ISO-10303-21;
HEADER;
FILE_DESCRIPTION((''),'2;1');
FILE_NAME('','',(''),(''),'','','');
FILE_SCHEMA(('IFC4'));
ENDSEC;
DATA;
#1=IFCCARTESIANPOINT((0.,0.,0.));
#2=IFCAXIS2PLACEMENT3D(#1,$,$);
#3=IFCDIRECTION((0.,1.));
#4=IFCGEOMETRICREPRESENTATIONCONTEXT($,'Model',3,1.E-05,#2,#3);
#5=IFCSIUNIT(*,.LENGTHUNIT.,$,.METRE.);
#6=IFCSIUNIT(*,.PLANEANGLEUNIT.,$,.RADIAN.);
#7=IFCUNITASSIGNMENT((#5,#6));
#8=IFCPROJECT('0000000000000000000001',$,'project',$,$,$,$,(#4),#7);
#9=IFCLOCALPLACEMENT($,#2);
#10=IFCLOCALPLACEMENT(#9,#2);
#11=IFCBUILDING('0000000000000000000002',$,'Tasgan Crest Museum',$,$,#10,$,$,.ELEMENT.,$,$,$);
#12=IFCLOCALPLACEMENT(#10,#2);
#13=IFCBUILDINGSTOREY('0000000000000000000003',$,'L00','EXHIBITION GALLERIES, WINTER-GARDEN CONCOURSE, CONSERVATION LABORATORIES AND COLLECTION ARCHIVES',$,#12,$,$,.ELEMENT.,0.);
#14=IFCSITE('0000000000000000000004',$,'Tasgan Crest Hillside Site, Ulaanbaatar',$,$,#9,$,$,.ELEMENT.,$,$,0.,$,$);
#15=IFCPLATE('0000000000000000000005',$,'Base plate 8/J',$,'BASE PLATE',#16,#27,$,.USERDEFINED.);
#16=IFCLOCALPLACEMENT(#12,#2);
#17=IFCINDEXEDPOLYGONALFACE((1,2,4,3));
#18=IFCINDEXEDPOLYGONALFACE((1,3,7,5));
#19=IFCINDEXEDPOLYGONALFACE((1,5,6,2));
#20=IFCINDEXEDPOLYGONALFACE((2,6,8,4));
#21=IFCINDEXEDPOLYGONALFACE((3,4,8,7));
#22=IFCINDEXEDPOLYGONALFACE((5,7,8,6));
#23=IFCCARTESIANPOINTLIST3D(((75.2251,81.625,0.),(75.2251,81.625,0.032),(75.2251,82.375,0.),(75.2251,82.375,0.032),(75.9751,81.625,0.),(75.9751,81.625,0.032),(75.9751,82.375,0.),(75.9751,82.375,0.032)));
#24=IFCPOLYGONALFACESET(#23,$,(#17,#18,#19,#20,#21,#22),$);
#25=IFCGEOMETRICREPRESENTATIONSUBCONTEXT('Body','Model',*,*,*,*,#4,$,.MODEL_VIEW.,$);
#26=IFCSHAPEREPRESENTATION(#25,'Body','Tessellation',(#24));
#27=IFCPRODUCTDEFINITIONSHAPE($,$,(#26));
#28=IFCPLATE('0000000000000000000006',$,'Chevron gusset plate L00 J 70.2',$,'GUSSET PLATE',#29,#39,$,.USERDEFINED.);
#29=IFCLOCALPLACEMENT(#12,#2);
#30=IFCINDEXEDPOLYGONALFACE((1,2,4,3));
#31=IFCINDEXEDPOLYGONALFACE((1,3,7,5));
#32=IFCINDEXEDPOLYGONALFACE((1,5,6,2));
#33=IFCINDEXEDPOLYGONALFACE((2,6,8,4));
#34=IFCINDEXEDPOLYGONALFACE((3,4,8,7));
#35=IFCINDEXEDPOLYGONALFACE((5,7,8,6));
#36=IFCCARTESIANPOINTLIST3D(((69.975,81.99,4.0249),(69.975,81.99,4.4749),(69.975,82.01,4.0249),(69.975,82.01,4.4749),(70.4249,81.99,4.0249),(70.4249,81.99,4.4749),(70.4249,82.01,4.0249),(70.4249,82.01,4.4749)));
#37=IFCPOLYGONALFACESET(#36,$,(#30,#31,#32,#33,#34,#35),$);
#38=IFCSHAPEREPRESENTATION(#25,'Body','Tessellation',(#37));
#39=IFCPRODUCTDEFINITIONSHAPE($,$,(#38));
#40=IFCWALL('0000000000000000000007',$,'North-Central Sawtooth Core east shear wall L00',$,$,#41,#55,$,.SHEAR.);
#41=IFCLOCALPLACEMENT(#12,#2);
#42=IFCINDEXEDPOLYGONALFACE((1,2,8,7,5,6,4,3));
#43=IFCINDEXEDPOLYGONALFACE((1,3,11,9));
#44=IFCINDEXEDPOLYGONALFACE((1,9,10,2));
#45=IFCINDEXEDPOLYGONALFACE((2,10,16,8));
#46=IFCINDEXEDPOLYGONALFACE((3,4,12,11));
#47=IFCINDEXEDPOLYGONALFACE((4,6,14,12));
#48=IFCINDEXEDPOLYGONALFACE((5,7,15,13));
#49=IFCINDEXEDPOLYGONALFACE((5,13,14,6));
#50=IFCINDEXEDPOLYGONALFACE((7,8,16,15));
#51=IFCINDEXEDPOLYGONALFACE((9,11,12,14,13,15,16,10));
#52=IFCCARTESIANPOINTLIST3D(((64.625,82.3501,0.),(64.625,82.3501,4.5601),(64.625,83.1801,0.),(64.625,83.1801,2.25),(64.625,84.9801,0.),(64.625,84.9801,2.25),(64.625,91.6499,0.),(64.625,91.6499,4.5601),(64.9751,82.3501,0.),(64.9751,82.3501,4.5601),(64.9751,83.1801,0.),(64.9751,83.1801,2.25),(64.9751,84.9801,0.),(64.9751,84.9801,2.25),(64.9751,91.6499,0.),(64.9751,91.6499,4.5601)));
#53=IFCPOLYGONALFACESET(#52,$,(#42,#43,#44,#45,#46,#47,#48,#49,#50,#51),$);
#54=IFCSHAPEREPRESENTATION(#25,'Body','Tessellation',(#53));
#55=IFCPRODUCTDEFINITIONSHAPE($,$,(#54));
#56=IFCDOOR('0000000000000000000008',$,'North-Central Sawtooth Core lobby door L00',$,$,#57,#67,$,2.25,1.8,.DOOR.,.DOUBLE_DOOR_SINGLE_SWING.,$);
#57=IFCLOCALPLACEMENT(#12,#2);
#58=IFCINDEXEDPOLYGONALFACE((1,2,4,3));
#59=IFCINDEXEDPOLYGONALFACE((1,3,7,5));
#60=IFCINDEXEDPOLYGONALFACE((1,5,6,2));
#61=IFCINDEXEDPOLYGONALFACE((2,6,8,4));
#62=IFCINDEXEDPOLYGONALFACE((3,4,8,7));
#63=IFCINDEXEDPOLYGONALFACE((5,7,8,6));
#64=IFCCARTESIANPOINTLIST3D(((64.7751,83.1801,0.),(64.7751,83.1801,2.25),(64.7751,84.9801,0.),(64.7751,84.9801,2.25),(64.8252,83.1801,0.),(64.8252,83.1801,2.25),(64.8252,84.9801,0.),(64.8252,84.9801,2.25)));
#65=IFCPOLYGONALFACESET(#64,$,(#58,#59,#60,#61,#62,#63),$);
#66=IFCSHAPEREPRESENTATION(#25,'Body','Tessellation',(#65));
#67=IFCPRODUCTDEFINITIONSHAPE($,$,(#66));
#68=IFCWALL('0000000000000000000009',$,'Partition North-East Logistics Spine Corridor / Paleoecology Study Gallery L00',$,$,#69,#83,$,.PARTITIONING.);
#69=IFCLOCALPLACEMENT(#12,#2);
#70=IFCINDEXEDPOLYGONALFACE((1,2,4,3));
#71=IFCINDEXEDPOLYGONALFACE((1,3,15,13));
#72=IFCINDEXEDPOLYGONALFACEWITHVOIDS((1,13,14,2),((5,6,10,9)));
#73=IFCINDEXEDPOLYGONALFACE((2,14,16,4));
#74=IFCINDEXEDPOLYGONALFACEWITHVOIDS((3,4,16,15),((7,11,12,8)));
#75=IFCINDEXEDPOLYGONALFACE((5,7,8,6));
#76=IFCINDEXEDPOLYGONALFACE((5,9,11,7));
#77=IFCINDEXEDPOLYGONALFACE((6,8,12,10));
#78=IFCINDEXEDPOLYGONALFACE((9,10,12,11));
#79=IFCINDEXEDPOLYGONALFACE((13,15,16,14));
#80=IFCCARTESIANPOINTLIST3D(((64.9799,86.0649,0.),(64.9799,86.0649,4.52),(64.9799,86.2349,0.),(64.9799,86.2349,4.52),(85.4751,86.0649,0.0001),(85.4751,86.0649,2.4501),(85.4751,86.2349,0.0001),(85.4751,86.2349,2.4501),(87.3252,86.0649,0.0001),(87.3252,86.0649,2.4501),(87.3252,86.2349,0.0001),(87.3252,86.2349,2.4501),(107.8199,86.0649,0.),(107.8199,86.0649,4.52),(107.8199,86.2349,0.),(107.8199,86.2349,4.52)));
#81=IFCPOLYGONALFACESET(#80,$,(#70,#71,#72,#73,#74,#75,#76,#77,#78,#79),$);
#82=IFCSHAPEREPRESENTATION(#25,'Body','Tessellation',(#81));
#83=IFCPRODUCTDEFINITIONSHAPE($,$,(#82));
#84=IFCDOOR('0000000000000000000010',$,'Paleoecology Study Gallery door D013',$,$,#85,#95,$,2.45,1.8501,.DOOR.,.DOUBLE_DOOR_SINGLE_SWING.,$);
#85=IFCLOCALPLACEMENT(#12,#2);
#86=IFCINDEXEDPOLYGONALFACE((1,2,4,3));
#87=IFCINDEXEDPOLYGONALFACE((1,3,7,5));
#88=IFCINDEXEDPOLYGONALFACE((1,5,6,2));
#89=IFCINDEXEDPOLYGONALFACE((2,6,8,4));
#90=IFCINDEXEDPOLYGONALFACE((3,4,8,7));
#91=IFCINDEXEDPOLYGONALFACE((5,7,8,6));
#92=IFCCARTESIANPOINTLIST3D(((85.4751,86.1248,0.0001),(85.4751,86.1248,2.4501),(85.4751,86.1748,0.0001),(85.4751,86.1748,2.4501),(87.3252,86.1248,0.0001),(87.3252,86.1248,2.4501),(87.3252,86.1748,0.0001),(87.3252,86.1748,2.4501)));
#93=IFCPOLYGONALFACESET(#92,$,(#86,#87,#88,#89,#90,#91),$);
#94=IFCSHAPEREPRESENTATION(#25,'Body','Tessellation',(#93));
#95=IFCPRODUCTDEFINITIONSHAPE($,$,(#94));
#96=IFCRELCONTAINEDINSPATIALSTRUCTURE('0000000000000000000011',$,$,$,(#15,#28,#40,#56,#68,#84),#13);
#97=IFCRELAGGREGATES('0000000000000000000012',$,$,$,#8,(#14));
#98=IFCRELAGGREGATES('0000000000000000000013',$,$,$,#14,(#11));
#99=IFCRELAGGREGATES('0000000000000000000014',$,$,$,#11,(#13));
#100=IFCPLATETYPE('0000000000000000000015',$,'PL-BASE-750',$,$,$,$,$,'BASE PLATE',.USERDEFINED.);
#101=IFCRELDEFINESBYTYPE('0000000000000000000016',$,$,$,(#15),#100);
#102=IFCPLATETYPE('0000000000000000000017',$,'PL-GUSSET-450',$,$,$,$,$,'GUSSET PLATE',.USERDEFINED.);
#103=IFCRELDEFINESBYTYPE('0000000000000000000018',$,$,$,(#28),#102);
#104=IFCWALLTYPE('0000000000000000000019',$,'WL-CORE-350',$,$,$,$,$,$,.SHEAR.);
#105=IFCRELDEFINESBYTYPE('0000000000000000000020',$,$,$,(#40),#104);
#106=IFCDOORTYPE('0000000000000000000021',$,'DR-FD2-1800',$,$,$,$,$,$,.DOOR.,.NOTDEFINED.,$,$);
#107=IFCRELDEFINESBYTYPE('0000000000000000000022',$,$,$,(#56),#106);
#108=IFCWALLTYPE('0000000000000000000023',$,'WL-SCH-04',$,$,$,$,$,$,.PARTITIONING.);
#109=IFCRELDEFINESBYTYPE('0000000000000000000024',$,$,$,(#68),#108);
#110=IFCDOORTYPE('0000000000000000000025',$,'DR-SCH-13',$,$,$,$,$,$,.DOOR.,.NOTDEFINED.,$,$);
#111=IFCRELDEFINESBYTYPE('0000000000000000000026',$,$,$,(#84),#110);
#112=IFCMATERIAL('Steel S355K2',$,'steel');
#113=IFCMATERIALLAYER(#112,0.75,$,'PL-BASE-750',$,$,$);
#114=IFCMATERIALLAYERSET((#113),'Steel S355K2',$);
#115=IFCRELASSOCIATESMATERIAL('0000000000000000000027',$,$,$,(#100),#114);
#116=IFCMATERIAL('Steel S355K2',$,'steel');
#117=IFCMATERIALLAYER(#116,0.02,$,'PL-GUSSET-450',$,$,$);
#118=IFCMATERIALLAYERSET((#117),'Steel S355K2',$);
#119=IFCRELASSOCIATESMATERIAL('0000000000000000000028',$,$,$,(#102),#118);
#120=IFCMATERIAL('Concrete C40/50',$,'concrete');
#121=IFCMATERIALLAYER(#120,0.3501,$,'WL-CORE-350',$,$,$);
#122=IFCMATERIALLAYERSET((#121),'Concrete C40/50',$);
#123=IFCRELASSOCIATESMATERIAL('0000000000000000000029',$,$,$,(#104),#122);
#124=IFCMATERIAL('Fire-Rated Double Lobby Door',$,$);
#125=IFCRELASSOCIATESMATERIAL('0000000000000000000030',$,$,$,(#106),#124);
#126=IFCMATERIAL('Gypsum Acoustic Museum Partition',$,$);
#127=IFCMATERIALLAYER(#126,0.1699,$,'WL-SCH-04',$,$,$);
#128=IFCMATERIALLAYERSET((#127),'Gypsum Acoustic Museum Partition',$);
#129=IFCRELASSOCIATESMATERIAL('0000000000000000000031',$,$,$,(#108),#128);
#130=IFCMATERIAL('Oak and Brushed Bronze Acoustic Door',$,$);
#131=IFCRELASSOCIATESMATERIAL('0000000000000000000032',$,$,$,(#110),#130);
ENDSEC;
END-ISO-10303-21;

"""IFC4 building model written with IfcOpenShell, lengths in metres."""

from ifc_helpers import new_model, si_unit, direction, frame, frame_2d, origin, origin_2d, place, context, subcontext, project, spatial, rectangle, extrude, material, layer, layer_set, type_object, element, fill, save


model = new_model("IFC4")

# Units and contexts
model_context = context("Model", 3, precision=1e-05, world=origin(), true_north=direction((0.0, 1.0)))
body_context = subcontext(model_context, "Body", "Model", "MODEL_VIEW")
ifc_project = project(units=[si_unit("LENGTHUNIT", "METRE"), si_unit("PLANEANGLEUNIT", "RADIAN")], contexts=[model_context])

# Site, building, storey
site_placement = place(None, origin())
site = spatial("IfcSite", under=ifc_project, at=site_placement, Name="Tasgan Crest Hillside Site, Ulaanbaatar", CompositionType="ELEMENT", RefElevation=0.0)
building_placement = place(site_placement, origin())
building = spatial("IfcBuilding", under=site, at=building_placement, Name="Tasgan Crest Museum", CompositionType="ELEMENT")
storey_placement = place(building_placement, origin())
storey = spatial("IfcBuildingStorey", under=building, at=storey_placement, Name="L00", Description="EXHIBITION GALLERIES, WINTER-GARDEN CONCOURSE, CONSERVATION LABORATORIES AND COLLECTION ARCHIVES", CompositionType="ELEMENT", Elevation=0.0)

# Plates
ifc_material_1 = material(Name="Steel S355K2", Category="steel")
ifc_layer_1 = layer(ifc_material_1, 0.75, Name="PL-BASE-750")
ifc_layer_set_1 = layer_set([ifc_layer_1], Name="Steel S355K2")
plate_type_1 = type_object("IfcPlateType", Name="PL-BASE-750", ElementType="BASE PLATE", PredefinedType="USERDEFINED", material=ifc_layer_set_1)
plate_1_placement = place(storey_placement, frame((75.6001, 82.0, 0.0), z_axis=(0.0, 0.0, 1.0), x_axis=(1.0, 0.0, 0.0)))
element("IfcPlate", 1, at=plate_1_placement, inside=storey, type_object=plate_type_1, Name="Base plate 8/J", ObjectType="BASE PLATE", PredefinedType="USERDEFINED", context=body_context, shape_type="SweptSolid", body=[
    extrude(rectangle(XDim=0.75, YDim=0.75, at=origin_2d()), origin(), (0.0, 0.0, 1.0), 0.032),
])
ifc_material_2 = material(Name="Steel S355K2", Category="steel")
ifc_layer_2 = layer(ifc_material_2, 0.02, Name="PL-GUSSET-450")
ifc_layer_set_2 = layer_set([ifc_layer_2], Name="Steel S355K2")
plate_type_2 = type_object("IfcPlateType", Name="PL-GUSSET-450", ElementType="GUSSET PLATE", PredefinedType="USERDEFINED", material=ifc_layer_set_2)
plate_2_placement = place(storey_placement, frame((70.2, 82.0, 4.0249), z_axis=(0.0, 0.0, 1.0), x_axis=(1.0, 0.0, 0.0)))
element("IfcPlate", 2, at=plate_2_placement, inside=storey, type_object=plate_type_2, Name="Chevron gusset plate L00 J 70.2", ObjectType="GUSSET PLATE", PredefinedType="USERDEFINED", context=body_context, shape_type="SweptSolid", body=[
    extrude(rectangle(XDim=0.45, YDim=0.02, at=origin_2d()), origin(), (0.0, 0.0, 1.0), 0.45),
])

# Walls, openings, doors
ifc_material_3 = material(Name="Concrete C40/50", Category="concrete")
ifc_layer_3 = layer(ifc_material_3, 0.3501, Name="WL-CORE-350")
ifc_layer_set_3 = layer_set([ifc_layer_3], Name="Concrete C40/50")
wall_type_1 = type_object("IfcWallType", Name="WL-CORE-350", PredefinedType="SHEAR", material=ifc_layer_set_3)
wall_1_placement = place(storey_placement, frame((64.8, 82.3501, 0.0), z_axis=(0.0, 0.0, 1.0), x_axis=(0.0, 1.0, 0.0)))
wall_1 = element("IfcWall", 3, at=wall_1_placement, inside=storey, type_object=wall_type_1, Name="North-Central Sawtooth Core east shear wall L00", PredefinedType="SHEAR", context=body_context, shape_type="SweptSolid", body=[
    extrude(rectangle(XDim=9.2998, YDim=0.3501, at=frame_2d((4.6499, 0.0))), origin(), (0.0, 0.0, 1.0), 4.5601),
])
opening_1_placement = place(wall_1_placement, frame((0.8301, 0.0, 0.0)))
opening_1 = element("IfcOpeningElement", 4, at=opening_1_placement, cuts=wall_1, PredefinedType="OPENING", context=body_context, shape_type="SweptSolid", body=[
    extrude(rectangle(XDim=1.8, YDim=2.25, at=frame_2d((0.8999, 1.125))), frame((0.0, 0.1851, 0.0), z_axis=(0.0, -1.0, 0.0), x_axis=(1.0, 0.0, 0.0)), (0.0, 0.0, 1.0), 0.3701),
])
ifc_material_4 = material(Name="Fire-Rated Double Lobby Door")
door_type_1 = type_object("IfcDoorType", Name="DR-FD2-1800", OperationType="NOTDEFINED", PredefinedType="DOOR", material=ifc_material_4)
door_1_placement = place(opening_1_placement, origin())
door_1 = element("IfcDoor", 5, at=door_1_placement, inside=storey, type_object=door_type_1, Name="North-Central Sawtooth Core lobby door L00", OperationType="DOUBLE_DOOR_SINGLE_SWING", OverallHeight=2.25, OverallWidth=1.8, PredefinedType="DOOR", context=body_context, shape_type="SweptSolid", body=[
    extrude(rectangle(XDim=1.8, YDim=2.25, at=frame_2d((0.8999, 1.125))), frame((0.0, 0.0249, 0.0), z_axis=(0.0, -1.0, 0.0), x_axis=(1.0, 0.0, 0.0)), (0.0, 0.0, 1.0), 0.05),
])
fill(opening_1, door_1)
ifc_material_5 = material(Name="Gypsum Acoustic Museum Partition")
ifc_layer_4 = layer(ifc_material_5, 0.1699, Name="WL-SCH-04")
ifc_layer_set_4 = layer_set([ifc_layer_4], Name="Gypsum Acoustic Museum Partition")
wall_type_2 = type_object("IfcWallType", Name="WL-SCH-04", PredefinedType="PARTITIONING", material=ifc_layer_set_4)
wall_2_placement = place(storey_placement, frame((64.98, 86.1499, 0.0), z_axis=(0.0, 0.0, 1.0), x_axis=(1.0, 0.0, 0.0)))
wall_2 = element("IfcWall", 6, at=wall_2_placement, inside=storey, type_object=wall_type_2, Name="Partition North-East Logistics Spine Corridor / Paleoecology Study Gallery L00", PredefinedType="PARTITIONING", context=body_context, shape_type="SweptSolid", body=[
    extrude(rectangle(XDim=42.8401, YDim=0.1699, at=frame_2d((21.4199, 0.0))), origin(), (0.0, 0.0, 1.0), 4.52),
])
opening_2_placement = place(wall_2_placement, frame((20.4951, 0.0, 0.0)))
opening_2 = element("IfcOpeningElement", 7, at=opening_2_placement, cuts=wall_2, PredefinedType="OPENING", context=body_context, shape_type="SweptSolid", body=[
    extrude(rectangle(XDim=1.8501, YDim=2.45, at=frame_2d((0.925, 1.2251))), frame((0.0, 0.095, 0.0), z_axis=(0.0, -1.0, 0.0), x_axis=(1.0, 0.0, 0.0)), (0.0, 0.0, 1.0), 0.1899),
])
ifc_material_6 = material(Name="Oak and Brushed Bronze Acoustic Door")
door_type_2 = type_object("IfcDoorType", Name="DR-SCH-13", OperationType="NOTDEFINED", PredefinedType="DOOR", material=ifc_material_6)
door_2_placement = place(opening_2_placement, origin())
door_2 = element("IfcDoor", 8, at=door_2_placement, inside=storey, type_object=door_type_2, Name="Paleoecology Study Gallery door D013", OperationType="DOUBLE_DOOR_SINGLE_SWING", OverallHeight=2.45, OverallWidth=1.8501, PredefinedType="DOOR", context=body_context, shape_type="SweptSolid", body=[
    extrude(rectangle(XDim=1.8501, YDim=2.45, at=frame_2d((0.925, 1.2251))), frame((0.0, 0.0249, 0.0), z_axis=(0.0, -1.0, 0.0), x_axis=(1.0, 0.0, 0.0)), (0.0, 0.0, 1.0), 0.05),
])
fill(opening_2, door_2)

save(model, "model.ifc")
